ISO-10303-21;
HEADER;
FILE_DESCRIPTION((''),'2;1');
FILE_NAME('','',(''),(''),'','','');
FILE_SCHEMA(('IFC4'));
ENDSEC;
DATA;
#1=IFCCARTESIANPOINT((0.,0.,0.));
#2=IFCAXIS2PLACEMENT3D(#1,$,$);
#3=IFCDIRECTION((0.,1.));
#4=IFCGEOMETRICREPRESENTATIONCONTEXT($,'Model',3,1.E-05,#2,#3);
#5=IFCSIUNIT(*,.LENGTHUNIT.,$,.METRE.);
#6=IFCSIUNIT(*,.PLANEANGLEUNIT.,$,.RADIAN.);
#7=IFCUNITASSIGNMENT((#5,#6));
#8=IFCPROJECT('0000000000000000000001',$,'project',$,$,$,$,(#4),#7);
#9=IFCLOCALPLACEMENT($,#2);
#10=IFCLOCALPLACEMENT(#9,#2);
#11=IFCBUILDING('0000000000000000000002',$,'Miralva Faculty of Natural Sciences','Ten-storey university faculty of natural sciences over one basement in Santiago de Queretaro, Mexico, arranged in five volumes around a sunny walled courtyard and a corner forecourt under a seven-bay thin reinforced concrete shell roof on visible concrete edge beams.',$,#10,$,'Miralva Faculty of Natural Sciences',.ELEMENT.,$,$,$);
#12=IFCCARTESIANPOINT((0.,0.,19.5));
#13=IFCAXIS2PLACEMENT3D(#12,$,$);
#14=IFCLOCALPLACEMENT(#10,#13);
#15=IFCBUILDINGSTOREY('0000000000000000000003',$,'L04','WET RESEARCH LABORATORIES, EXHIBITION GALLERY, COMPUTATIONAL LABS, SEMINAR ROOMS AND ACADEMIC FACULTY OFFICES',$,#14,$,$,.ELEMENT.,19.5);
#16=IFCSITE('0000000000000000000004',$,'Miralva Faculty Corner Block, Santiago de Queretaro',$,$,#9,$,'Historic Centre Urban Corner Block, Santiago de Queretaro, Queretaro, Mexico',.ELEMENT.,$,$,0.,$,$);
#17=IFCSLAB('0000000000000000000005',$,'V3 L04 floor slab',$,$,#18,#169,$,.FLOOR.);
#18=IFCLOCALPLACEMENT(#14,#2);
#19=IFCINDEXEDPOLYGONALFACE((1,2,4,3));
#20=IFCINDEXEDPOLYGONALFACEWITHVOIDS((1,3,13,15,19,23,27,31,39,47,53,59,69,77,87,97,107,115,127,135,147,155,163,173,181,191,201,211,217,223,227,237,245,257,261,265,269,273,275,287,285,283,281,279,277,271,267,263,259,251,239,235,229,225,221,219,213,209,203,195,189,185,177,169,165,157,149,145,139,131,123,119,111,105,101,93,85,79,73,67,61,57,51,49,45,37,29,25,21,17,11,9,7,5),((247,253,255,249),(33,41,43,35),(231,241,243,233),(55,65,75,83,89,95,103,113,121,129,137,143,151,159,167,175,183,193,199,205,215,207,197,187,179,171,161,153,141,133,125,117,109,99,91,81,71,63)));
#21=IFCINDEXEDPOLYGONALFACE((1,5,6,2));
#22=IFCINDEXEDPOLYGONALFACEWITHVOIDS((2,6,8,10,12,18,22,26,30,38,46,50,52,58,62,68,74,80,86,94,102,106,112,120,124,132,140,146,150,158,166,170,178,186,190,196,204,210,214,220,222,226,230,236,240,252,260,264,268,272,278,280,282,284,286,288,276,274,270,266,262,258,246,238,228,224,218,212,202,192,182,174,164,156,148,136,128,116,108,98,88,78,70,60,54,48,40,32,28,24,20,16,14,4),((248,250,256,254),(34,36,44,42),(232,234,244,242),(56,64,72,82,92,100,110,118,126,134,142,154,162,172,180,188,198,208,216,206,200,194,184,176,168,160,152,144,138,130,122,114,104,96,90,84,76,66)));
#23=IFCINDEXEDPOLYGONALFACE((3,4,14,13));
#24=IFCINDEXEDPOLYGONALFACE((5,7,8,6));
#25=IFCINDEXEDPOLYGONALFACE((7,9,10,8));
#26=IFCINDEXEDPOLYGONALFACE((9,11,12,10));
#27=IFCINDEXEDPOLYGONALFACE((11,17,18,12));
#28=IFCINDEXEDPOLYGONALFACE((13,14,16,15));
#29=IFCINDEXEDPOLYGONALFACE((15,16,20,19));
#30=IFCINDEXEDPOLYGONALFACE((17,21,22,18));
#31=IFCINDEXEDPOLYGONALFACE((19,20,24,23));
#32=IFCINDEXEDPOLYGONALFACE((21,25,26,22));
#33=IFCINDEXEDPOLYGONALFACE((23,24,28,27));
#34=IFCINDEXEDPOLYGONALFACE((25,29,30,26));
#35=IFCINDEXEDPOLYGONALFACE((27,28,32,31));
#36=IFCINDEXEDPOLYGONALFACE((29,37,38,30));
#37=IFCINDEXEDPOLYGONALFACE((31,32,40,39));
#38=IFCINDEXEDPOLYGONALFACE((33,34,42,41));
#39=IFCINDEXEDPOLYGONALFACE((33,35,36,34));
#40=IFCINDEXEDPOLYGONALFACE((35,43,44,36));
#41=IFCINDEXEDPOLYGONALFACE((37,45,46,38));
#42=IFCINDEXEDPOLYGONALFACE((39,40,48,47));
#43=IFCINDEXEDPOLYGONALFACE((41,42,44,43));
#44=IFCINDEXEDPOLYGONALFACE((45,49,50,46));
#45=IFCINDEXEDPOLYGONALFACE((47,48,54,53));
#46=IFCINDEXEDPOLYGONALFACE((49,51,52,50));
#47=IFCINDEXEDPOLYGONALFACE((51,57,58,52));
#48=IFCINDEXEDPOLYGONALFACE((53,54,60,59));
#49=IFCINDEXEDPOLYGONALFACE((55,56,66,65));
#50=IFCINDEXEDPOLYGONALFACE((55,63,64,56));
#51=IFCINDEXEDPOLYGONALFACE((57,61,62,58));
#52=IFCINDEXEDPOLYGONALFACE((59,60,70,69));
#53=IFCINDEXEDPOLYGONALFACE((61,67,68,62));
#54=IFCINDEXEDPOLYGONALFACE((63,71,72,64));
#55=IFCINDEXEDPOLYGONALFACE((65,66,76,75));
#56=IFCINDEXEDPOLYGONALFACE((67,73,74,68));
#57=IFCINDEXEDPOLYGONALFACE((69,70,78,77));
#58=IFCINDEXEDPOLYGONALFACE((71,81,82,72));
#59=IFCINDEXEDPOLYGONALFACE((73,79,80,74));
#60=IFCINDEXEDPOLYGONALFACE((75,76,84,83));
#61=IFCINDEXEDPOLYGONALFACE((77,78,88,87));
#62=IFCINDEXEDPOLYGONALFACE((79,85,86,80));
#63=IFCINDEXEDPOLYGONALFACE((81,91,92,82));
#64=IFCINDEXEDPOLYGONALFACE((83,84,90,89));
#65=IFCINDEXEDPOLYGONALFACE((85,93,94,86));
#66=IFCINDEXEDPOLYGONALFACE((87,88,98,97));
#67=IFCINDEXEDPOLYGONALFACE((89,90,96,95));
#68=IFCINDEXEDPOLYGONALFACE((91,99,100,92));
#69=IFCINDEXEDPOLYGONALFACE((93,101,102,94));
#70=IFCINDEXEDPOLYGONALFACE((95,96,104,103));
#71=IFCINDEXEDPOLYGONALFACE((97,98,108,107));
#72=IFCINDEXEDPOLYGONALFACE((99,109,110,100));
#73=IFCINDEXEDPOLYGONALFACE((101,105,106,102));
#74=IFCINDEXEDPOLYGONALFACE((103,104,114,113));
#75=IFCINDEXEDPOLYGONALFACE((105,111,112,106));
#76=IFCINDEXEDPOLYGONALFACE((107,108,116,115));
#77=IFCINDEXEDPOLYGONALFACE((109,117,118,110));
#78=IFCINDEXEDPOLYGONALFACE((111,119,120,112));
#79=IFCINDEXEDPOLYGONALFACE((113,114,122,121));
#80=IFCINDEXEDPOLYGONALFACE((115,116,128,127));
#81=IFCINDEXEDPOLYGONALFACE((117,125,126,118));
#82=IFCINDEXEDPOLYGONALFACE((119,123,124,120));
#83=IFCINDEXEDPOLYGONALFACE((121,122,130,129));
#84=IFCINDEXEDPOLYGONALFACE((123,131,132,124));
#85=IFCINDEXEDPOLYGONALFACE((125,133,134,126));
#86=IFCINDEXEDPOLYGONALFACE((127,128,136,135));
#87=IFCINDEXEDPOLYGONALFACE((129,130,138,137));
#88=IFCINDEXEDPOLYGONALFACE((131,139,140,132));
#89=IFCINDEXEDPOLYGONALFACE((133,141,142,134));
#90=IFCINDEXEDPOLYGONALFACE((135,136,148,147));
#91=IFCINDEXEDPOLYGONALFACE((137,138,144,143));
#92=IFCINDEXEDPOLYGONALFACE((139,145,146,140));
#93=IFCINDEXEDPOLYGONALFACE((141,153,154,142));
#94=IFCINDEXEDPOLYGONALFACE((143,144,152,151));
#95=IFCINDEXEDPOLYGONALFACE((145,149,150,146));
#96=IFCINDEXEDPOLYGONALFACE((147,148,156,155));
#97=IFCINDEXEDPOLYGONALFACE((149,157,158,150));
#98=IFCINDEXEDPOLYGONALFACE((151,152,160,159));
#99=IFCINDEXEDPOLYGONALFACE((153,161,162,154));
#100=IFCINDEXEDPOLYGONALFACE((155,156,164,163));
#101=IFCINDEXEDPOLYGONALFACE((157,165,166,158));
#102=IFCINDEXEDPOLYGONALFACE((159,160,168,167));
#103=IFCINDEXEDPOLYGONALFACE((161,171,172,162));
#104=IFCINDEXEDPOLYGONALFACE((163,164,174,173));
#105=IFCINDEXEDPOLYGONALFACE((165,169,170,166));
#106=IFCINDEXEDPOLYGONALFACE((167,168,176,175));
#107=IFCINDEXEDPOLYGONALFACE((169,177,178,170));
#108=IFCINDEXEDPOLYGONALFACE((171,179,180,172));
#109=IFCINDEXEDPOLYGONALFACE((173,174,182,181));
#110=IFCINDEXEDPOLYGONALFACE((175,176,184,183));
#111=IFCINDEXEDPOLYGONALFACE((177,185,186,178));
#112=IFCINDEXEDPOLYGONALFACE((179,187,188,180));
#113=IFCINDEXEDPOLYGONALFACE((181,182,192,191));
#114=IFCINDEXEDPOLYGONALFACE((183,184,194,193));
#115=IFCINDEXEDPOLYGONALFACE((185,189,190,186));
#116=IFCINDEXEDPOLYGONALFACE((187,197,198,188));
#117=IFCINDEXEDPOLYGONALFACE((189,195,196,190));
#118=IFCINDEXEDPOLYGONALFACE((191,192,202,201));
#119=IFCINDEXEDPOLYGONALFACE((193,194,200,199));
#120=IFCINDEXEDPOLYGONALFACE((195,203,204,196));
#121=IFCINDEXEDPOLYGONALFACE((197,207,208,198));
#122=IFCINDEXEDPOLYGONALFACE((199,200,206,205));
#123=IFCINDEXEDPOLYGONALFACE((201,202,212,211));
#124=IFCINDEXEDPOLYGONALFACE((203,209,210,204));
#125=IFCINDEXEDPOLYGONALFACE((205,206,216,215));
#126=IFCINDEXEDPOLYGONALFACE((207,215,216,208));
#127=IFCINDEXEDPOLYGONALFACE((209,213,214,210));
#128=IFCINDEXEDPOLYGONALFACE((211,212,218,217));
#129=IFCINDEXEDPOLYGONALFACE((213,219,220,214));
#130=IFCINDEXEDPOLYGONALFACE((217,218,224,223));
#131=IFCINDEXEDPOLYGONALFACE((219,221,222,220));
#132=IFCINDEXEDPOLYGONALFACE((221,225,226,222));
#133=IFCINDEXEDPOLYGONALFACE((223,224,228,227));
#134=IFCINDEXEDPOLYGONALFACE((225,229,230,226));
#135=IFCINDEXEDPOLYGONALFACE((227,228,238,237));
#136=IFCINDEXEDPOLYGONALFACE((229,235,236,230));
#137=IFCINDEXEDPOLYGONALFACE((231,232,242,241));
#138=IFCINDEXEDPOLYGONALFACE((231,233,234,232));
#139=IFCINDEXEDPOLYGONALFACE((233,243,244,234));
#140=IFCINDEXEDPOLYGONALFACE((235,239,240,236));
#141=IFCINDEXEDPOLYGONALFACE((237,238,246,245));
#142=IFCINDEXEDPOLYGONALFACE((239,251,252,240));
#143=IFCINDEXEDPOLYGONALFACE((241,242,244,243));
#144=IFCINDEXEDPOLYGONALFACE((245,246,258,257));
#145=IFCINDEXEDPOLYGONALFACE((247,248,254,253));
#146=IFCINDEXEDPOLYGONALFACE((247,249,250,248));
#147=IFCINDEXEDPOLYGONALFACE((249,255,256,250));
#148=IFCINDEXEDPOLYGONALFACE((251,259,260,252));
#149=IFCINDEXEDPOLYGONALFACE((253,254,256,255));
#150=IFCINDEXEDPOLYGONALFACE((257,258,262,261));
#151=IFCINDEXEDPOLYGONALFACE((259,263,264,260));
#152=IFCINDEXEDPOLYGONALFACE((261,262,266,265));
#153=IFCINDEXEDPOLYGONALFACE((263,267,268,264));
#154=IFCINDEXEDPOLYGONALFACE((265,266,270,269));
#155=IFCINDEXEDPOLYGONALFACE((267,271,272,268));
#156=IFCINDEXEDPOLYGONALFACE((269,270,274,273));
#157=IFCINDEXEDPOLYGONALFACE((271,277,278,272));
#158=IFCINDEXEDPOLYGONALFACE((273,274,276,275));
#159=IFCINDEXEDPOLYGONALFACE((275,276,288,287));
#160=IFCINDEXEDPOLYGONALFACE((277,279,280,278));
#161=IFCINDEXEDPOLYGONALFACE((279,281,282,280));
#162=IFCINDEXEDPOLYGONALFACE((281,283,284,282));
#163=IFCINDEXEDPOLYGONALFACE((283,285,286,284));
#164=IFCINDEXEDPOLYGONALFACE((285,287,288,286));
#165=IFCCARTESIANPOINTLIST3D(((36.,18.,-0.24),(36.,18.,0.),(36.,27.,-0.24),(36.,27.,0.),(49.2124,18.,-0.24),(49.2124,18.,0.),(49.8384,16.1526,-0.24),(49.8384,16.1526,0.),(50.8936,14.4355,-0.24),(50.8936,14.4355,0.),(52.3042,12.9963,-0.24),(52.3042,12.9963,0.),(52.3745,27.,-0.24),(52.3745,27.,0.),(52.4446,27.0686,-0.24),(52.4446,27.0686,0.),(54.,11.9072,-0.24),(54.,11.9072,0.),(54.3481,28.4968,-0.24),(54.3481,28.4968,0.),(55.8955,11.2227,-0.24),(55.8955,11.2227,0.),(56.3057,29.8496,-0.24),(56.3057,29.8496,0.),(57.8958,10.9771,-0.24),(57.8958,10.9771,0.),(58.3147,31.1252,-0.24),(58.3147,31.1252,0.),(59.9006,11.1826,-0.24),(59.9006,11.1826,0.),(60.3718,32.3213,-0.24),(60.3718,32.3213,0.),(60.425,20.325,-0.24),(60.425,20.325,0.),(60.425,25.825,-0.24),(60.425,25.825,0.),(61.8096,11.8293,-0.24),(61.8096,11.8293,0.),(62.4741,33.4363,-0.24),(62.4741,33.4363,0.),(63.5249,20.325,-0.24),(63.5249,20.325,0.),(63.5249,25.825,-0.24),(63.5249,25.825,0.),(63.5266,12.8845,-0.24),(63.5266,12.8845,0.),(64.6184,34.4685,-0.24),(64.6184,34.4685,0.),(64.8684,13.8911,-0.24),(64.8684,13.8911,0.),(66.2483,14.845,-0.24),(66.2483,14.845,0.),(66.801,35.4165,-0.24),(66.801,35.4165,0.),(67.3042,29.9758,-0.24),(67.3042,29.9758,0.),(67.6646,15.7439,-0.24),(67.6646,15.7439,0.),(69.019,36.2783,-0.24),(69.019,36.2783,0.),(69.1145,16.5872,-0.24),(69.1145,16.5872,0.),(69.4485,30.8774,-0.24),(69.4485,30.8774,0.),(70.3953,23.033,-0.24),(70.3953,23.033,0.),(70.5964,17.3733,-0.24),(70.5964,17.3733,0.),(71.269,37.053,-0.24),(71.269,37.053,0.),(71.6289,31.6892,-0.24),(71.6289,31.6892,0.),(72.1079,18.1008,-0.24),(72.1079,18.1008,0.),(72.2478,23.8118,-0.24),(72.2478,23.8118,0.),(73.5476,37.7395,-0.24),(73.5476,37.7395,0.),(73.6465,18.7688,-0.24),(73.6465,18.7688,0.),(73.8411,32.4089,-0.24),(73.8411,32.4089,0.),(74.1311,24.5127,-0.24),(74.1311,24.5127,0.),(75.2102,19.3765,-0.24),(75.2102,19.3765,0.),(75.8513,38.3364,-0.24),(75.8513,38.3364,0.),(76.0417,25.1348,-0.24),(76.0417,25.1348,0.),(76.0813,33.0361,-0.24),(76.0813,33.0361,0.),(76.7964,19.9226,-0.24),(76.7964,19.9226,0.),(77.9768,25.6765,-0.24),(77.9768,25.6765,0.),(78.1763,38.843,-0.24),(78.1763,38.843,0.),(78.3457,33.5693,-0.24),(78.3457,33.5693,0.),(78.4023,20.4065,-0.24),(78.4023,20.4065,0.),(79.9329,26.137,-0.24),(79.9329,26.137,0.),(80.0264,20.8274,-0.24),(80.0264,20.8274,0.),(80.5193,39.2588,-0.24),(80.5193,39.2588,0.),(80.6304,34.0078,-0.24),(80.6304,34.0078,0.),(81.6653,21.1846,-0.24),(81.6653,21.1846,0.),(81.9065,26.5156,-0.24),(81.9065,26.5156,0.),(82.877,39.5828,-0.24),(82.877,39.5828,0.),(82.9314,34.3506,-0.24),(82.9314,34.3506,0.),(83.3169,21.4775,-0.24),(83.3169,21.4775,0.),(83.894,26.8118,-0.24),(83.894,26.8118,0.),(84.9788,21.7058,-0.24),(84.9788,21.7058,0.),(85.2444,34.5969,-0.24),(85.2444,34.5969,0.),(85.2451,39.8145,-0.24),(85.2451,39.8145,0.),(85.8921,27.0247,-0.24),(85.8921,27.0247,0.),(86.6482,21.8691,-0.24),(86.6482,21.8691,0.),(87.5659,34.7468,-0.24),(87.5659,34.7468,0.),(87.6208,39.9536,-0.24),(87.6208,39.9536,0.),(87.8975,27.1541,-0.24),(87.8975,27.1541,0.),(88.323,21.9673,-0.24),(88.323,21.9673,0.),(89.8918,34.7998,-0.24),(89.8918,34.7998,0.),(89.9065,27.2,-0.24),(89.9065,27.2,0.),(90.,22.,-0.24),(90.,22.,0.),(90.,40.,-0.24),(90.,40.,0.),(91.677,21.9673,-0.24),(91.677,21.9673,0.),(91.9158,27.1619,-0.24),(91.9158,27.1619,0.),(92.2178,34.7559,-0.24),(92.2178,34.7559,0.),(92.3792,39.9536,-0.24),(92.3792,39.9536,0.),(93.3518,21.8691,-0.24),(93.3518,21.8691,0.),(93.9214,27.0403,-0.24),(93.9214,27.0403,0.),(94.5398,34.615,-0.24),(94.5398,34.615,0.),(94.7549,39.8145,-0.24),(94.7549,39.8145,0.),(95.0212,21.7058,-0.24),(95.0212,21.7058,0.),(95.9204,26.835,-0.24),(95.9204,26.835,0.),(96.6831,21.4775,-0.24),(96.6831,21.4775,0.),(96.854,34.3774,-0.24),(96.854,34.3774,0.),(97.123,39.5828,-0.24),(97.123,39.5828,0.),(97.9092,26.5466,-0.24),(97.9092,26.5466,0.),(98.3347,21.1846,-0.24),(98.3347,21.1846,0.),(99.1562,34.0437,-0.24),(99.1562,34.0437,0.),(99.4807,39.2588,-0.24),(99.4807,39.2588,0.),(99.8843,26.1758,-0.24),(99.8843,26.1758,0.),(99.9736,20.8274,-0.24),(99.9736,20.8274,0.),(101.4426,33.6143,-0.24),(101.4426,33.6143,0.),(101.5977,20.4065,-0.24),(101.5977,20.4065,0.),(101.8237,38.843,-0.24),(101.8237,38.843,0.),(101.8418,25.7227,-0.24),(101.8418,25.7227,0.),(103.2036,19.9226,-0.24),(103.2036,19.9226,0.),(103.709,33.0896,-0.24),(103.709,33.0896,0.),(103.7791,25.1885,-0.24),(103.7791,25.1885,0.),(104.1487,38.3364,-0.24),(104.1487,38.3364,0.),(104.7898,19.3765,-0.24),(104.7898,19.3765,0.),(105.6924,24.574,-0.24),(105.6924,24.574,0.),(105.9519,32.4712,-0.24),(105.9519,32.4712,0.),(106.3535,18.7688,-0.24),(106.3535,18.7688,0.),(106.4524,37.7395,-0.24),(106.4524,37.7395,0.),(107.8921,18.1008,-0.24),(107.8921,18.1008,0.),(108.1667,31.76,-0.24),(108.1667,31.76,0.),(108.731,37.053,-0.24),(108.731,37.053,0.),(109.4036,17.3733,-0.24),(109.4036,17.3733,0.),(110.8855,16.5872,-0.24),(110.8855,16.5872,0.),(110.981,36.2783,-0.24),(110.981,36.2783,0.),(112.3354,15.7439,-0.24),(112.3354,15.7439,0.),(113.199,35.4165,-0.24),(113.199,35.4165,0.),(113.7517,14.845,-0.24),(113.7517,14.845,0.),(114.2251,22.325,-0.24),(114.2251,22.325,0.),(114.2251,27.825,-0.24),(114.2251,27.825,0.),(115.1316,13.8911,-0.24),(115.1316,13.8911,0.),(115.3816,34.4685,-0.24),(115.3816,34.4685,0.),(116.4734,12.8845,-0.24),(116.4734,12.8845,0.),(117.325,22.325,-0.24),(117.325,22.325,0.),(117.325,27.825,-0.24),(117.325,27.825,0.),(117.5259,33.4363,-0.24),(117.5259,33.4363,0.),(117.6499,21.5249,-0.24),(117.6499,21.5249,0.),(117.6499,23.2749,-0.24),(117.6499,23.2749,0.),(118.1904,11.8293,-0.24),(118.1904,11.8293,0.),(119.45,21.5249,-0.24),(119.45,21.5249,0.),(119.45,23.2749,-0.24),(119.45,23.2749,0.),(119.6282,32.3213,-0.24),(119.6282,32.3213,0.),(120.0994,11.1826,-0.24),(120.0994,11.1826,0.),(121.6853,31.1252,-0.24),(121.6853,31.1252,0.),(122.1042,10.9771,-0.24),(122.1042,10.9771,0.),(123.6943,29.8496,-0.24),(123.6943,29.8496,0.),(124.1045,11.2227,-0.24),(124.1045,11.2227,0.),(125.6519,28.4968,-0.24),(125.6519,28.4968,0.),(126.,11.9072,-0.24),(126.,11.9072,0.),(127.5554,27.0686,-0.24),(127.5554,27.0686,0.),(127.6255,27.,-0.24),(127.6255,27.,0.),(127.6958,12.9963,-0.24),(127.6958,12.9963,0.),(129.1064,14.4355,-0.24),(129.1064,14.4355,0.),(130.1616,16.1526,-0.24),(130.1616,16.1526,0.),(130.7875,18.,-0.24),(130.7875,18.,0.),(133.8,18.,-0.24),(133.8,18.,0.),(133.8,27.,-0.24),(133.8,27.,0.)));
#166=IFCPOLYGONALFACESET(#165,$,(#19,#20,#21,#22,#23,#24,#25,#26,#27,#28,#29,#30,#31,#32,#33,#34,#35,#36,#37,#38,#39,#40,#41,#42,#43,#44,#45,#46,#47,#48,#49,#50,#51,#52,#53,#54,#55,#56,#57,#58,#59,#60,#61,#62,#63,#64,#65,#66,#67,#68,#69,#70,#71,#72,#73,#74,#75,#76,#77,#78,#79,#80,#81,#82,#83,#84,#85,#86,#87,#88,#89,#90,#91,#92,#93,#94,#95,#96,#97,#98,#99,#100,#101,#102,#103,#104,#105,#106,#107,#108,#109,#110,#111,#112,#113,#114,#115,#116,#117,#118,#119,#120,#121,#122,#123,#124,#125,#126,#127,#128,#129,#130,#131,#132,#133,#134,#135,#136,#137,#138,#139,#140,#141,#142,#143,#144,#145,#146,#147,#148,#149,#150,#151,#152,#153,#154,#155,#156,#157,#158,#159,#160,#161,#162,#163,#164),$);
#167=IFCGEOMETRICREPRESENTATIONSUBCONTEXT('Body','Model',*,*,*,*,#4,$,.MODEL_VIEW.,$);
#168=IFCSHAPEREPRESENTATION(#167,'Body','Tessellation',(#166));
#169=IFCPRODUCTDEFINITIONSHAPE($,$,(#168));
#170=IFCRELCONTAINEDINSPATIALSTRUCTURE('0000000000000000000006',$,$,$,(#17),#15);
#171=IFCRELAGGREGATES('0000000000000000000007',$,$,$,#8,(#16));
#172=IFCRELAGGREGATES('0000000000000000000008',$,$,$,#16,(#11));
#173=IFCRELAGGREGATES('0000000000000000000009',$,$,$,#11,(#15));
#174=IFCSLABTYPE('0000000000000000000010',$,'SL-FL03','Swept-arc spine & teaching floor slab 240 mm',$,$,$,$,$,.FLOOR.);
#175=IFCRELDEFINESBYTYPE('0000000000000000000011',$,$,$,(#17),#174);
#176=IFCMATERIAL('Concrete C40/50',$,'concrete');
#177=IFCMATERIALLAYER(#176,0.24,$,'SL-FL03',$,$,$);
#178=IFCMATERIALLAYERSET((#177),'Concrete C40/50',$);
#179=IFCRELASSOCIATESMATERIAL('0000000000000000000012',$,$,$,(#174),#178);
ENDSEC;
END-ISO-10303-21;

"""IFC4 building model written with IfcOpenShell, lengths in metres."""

from ifc_helpers import new_model, si_unit, direction, frame, origin, place, context, subcontext, project, spatial, polyline, outline, extrude, material, layer, layer_set, type_object, element, save


model = new_model("IFC4")

# Units and contexts
model_context = context("Model", 3, precision=1e-05, world=origin(), true_north=direction((0.0, 1.0)))
body_context = subcontext(model_context, "Body", "Model", "MODEL_VIEW")
ifc_project = project(units=[si_unit("LENGTHUNIT", "METRE"), si_unit("PLANEANGLEUNIT", "RADIAN")], contexts=[model_context])

# Site, building, storey
site_placement = place(None, origin())
site = spatial("IfcSite", under=ifc_project, at=site_placement, Name="Miralva Faculty Corner Block, Santiago de Queretaro", LongName="Historic Centre Urban Corner Block, Santiago de Queretaro, Queretaro, Mexico", CompositionType="ELEMENT", RefElevation=0.0)
building_placement = place(site_placement, origin())
building = spatial("IfcBuilding", under=site, at=building_placement, Name="Miralva Faculty of Natural Sciences", Description="Ten-storey university faculty of natural sciences over one basement in Santiago de Queretaro, Mexico, arranged in five volumes around a sunny walled courtyard and a corner forecourt under a seven-bay thin reinforced concrete shell roof on visible concrete edge beams.", LongName="Miralva Faculty of Natural Sciences", CompositionType="ELEMENT")
storey_placement = place(building_placement, frame((0.0, 0.0, 19.5)))
storey = spatial("IfcBuildingStorey", under=building, at=storey_placement, Name="L04", Description="WET RESEARCH LABORATORIES, EXHIBITION GALLERY, COMPUTATIONAL LABS, SEMINAR ROOMS AND ACADEMIC FACULTY OFFICES", CompositionType="ELEMENT", Elevation=19.5)

# Shared definitions
ifc_material_1 = material(Name="Concrete C40/50", Category="concrete")

# Slab
ifc_layer_1 = layer(ifc_material_1, 0.24, Name="SL-FL03")
ifc_layer_set_1 = layer_set([ifc_layer_1], Name="Concrete C40/50")
slab_type_1 = type_object("IfcSlabType", Name="SL-FL03", Description="Swept-arc spine & teaching floor slab 240 mm", PredefinedType="FLOOR", material=ifc_layer_set_1)
slab_1_placement = place(storey_placement, frame((0.0, 0.0, -0.24)))
element("IfcSlab", 1, at=slab_1_placement, inside=storey, type_object=slab_type_1, Name="V3 L04 floor slab", PredefinedType="FLOOR", context=body_context, shape_type="SweptSolid", body=[
    extrude(outline(polyline([(36.0, 27.0), (52.3745, 27.0), (52.4446, 27.0686), (54.3481, 28.4968), (56.3057, 29.8496), (58.3147, 31.1252), (60.3718, 32.3213), (62.4741, 33.4363), (64.6184, 34.4685), (66.801, 35.4165), (69.019, 36.2783), (71.269, 37.053), (73.5476, 37.7395), (75.8513, 38.3364), (78.1763, 38.843), (80.5193, 39.2588), (82.877, 39.5828), (85.2451, 39.8145), (87.6208, 39.9536), (90.0, 40.0), (92.3792, 39.9536), (94.7549, 39.8145), (97.123, 39.5828), (99.4807, 39.2588), (101.8237, 38.843), (104.1487, 38.3364), (106.4524, 37.7395), (108.731, 37.053), (110.981, 36.2783), (113.199, 35.4165), (115.3816, 34.4685), (117.5259, 33.4363), (119.6282, 32.3213), (121.6853, 31.1252), (123.6943, 29.8496), (125.6519, 28.4968), (127.5554, 27.0686), (127.6255, 27.0), (133.8, 27.0), (133.8, 18.0), (130.7876, 18.0), (130.8083, 18.0615), (130.1616, 16.1526), (129.1064, 14.4355), (127.6958, 12.9963), (126.0, 11.9072), (124.1045, 11.2227), (122.1042, 10.9771), (120.0994, 11.1826), (118.1904, 11.8293), (116.4734, 12.8845), (115.1316, 13.8911), (113.7517, 14.845), (112.3354, 15.7439), (110.8855, 16.5872), (109.4036, 17.3733), (107.8921, 18.1008), (106.3535, 18.7688), (104.7898, 19.3765), (103.2036, 19.9226), (101.5977, 20.4065), (99.9736, 20.8274), (98.3347, 21.1846), (96.6831, 21.4775), (95.0212, 21.7058), (93.3518, 21.8691), (91.677, 21.9673), (90.0, 22.0), (88.323, 21.9673), (86.6482, 21.8691), (84.9788, 21.7058), (83.3169, 21.4775), (81.6653, 21.1846), (80.0264, 20.8274), (78.4023, 20.4065), (76.7964, 19.9226), (75.2102, 19.3765), (73.6465, 18.7688), (72.1079, 18.1008), (70.5964, 17.3733), (69.1145, 16.5872), (67.6646, 15.7439), (66.2483, 14.845), (64.8684, 13.8911), (63.5266, 12.8845), (61.8096, 11.8293), (59.9006, 11.1826), (57.8958, 10.9771), (55.8955, 11.2227), (54.0, 11.9072), (52.3042, 12.9963), (50.8936, 14.4355), (49.8384, 16.1526), (49.2124, 18.0), (36.0, 18.0), (36.0, 27.0)]), holes=[polyline([(117.325, 22.325), (114.2251, 22.325), (114.2251, 27.825), (117.325, 27.825), (117.325, 22.325)]), polyline([(119.45, 21.5249), (117.6499, 21.5249), (117.6499, 23.2749), (119.45, 23.2749), (119.45, 21.5249)]), polyline([(63.5249, 20.325), (60.425, 20.325), (60.425, 25.825), (63.5249, 25.825), (63.5249, 20.325)]), polyline([(70.3953, 23.033), (67.3042, 29.9758), (69.4485, 30.8774), (71.6289, 31.6892), (73.8411, 32.4089), (76.0813, 33.0361), (78.3457, 33.5693), (80.6304, 34.0078), (82.9314, 34.3506), (85.2444, 34.5969), (87.5659, 34.7468), (89.8918, 34.7998), (92.2178, 34.7559), (94.5398, 34.615), (96.854, 34.3774), (99.1562, 34.0437), (101.4426, 33.6143), (103.709, 33.0896), (105.9519, 32.4712), (108.1667, 31.76), (105.6924, 24.574), (103.7791, 25.1885), (101.8418, 25.7227), (99.8843, 26.1758), (97.9092, 26.5466), (95.9204, 26.835), (93.9214, 27.0403), (91.9158, 27.1619), (89.9065, 27.2), (87.8975, 27.1541), (85.8921, 27.0247), (83.894, 26.8118), (81.9065, 26.5156), (79.9329, 26.137), (77.9768, 25.6765), (76.0417, 25.1348), (74.1311, 24.5127), (72.2478, 23.8118), (70.3953, 23.033)])]), origin(), (0.0, 0.0, 1.0), 0.24),
])

save(model, "model.ifc")
